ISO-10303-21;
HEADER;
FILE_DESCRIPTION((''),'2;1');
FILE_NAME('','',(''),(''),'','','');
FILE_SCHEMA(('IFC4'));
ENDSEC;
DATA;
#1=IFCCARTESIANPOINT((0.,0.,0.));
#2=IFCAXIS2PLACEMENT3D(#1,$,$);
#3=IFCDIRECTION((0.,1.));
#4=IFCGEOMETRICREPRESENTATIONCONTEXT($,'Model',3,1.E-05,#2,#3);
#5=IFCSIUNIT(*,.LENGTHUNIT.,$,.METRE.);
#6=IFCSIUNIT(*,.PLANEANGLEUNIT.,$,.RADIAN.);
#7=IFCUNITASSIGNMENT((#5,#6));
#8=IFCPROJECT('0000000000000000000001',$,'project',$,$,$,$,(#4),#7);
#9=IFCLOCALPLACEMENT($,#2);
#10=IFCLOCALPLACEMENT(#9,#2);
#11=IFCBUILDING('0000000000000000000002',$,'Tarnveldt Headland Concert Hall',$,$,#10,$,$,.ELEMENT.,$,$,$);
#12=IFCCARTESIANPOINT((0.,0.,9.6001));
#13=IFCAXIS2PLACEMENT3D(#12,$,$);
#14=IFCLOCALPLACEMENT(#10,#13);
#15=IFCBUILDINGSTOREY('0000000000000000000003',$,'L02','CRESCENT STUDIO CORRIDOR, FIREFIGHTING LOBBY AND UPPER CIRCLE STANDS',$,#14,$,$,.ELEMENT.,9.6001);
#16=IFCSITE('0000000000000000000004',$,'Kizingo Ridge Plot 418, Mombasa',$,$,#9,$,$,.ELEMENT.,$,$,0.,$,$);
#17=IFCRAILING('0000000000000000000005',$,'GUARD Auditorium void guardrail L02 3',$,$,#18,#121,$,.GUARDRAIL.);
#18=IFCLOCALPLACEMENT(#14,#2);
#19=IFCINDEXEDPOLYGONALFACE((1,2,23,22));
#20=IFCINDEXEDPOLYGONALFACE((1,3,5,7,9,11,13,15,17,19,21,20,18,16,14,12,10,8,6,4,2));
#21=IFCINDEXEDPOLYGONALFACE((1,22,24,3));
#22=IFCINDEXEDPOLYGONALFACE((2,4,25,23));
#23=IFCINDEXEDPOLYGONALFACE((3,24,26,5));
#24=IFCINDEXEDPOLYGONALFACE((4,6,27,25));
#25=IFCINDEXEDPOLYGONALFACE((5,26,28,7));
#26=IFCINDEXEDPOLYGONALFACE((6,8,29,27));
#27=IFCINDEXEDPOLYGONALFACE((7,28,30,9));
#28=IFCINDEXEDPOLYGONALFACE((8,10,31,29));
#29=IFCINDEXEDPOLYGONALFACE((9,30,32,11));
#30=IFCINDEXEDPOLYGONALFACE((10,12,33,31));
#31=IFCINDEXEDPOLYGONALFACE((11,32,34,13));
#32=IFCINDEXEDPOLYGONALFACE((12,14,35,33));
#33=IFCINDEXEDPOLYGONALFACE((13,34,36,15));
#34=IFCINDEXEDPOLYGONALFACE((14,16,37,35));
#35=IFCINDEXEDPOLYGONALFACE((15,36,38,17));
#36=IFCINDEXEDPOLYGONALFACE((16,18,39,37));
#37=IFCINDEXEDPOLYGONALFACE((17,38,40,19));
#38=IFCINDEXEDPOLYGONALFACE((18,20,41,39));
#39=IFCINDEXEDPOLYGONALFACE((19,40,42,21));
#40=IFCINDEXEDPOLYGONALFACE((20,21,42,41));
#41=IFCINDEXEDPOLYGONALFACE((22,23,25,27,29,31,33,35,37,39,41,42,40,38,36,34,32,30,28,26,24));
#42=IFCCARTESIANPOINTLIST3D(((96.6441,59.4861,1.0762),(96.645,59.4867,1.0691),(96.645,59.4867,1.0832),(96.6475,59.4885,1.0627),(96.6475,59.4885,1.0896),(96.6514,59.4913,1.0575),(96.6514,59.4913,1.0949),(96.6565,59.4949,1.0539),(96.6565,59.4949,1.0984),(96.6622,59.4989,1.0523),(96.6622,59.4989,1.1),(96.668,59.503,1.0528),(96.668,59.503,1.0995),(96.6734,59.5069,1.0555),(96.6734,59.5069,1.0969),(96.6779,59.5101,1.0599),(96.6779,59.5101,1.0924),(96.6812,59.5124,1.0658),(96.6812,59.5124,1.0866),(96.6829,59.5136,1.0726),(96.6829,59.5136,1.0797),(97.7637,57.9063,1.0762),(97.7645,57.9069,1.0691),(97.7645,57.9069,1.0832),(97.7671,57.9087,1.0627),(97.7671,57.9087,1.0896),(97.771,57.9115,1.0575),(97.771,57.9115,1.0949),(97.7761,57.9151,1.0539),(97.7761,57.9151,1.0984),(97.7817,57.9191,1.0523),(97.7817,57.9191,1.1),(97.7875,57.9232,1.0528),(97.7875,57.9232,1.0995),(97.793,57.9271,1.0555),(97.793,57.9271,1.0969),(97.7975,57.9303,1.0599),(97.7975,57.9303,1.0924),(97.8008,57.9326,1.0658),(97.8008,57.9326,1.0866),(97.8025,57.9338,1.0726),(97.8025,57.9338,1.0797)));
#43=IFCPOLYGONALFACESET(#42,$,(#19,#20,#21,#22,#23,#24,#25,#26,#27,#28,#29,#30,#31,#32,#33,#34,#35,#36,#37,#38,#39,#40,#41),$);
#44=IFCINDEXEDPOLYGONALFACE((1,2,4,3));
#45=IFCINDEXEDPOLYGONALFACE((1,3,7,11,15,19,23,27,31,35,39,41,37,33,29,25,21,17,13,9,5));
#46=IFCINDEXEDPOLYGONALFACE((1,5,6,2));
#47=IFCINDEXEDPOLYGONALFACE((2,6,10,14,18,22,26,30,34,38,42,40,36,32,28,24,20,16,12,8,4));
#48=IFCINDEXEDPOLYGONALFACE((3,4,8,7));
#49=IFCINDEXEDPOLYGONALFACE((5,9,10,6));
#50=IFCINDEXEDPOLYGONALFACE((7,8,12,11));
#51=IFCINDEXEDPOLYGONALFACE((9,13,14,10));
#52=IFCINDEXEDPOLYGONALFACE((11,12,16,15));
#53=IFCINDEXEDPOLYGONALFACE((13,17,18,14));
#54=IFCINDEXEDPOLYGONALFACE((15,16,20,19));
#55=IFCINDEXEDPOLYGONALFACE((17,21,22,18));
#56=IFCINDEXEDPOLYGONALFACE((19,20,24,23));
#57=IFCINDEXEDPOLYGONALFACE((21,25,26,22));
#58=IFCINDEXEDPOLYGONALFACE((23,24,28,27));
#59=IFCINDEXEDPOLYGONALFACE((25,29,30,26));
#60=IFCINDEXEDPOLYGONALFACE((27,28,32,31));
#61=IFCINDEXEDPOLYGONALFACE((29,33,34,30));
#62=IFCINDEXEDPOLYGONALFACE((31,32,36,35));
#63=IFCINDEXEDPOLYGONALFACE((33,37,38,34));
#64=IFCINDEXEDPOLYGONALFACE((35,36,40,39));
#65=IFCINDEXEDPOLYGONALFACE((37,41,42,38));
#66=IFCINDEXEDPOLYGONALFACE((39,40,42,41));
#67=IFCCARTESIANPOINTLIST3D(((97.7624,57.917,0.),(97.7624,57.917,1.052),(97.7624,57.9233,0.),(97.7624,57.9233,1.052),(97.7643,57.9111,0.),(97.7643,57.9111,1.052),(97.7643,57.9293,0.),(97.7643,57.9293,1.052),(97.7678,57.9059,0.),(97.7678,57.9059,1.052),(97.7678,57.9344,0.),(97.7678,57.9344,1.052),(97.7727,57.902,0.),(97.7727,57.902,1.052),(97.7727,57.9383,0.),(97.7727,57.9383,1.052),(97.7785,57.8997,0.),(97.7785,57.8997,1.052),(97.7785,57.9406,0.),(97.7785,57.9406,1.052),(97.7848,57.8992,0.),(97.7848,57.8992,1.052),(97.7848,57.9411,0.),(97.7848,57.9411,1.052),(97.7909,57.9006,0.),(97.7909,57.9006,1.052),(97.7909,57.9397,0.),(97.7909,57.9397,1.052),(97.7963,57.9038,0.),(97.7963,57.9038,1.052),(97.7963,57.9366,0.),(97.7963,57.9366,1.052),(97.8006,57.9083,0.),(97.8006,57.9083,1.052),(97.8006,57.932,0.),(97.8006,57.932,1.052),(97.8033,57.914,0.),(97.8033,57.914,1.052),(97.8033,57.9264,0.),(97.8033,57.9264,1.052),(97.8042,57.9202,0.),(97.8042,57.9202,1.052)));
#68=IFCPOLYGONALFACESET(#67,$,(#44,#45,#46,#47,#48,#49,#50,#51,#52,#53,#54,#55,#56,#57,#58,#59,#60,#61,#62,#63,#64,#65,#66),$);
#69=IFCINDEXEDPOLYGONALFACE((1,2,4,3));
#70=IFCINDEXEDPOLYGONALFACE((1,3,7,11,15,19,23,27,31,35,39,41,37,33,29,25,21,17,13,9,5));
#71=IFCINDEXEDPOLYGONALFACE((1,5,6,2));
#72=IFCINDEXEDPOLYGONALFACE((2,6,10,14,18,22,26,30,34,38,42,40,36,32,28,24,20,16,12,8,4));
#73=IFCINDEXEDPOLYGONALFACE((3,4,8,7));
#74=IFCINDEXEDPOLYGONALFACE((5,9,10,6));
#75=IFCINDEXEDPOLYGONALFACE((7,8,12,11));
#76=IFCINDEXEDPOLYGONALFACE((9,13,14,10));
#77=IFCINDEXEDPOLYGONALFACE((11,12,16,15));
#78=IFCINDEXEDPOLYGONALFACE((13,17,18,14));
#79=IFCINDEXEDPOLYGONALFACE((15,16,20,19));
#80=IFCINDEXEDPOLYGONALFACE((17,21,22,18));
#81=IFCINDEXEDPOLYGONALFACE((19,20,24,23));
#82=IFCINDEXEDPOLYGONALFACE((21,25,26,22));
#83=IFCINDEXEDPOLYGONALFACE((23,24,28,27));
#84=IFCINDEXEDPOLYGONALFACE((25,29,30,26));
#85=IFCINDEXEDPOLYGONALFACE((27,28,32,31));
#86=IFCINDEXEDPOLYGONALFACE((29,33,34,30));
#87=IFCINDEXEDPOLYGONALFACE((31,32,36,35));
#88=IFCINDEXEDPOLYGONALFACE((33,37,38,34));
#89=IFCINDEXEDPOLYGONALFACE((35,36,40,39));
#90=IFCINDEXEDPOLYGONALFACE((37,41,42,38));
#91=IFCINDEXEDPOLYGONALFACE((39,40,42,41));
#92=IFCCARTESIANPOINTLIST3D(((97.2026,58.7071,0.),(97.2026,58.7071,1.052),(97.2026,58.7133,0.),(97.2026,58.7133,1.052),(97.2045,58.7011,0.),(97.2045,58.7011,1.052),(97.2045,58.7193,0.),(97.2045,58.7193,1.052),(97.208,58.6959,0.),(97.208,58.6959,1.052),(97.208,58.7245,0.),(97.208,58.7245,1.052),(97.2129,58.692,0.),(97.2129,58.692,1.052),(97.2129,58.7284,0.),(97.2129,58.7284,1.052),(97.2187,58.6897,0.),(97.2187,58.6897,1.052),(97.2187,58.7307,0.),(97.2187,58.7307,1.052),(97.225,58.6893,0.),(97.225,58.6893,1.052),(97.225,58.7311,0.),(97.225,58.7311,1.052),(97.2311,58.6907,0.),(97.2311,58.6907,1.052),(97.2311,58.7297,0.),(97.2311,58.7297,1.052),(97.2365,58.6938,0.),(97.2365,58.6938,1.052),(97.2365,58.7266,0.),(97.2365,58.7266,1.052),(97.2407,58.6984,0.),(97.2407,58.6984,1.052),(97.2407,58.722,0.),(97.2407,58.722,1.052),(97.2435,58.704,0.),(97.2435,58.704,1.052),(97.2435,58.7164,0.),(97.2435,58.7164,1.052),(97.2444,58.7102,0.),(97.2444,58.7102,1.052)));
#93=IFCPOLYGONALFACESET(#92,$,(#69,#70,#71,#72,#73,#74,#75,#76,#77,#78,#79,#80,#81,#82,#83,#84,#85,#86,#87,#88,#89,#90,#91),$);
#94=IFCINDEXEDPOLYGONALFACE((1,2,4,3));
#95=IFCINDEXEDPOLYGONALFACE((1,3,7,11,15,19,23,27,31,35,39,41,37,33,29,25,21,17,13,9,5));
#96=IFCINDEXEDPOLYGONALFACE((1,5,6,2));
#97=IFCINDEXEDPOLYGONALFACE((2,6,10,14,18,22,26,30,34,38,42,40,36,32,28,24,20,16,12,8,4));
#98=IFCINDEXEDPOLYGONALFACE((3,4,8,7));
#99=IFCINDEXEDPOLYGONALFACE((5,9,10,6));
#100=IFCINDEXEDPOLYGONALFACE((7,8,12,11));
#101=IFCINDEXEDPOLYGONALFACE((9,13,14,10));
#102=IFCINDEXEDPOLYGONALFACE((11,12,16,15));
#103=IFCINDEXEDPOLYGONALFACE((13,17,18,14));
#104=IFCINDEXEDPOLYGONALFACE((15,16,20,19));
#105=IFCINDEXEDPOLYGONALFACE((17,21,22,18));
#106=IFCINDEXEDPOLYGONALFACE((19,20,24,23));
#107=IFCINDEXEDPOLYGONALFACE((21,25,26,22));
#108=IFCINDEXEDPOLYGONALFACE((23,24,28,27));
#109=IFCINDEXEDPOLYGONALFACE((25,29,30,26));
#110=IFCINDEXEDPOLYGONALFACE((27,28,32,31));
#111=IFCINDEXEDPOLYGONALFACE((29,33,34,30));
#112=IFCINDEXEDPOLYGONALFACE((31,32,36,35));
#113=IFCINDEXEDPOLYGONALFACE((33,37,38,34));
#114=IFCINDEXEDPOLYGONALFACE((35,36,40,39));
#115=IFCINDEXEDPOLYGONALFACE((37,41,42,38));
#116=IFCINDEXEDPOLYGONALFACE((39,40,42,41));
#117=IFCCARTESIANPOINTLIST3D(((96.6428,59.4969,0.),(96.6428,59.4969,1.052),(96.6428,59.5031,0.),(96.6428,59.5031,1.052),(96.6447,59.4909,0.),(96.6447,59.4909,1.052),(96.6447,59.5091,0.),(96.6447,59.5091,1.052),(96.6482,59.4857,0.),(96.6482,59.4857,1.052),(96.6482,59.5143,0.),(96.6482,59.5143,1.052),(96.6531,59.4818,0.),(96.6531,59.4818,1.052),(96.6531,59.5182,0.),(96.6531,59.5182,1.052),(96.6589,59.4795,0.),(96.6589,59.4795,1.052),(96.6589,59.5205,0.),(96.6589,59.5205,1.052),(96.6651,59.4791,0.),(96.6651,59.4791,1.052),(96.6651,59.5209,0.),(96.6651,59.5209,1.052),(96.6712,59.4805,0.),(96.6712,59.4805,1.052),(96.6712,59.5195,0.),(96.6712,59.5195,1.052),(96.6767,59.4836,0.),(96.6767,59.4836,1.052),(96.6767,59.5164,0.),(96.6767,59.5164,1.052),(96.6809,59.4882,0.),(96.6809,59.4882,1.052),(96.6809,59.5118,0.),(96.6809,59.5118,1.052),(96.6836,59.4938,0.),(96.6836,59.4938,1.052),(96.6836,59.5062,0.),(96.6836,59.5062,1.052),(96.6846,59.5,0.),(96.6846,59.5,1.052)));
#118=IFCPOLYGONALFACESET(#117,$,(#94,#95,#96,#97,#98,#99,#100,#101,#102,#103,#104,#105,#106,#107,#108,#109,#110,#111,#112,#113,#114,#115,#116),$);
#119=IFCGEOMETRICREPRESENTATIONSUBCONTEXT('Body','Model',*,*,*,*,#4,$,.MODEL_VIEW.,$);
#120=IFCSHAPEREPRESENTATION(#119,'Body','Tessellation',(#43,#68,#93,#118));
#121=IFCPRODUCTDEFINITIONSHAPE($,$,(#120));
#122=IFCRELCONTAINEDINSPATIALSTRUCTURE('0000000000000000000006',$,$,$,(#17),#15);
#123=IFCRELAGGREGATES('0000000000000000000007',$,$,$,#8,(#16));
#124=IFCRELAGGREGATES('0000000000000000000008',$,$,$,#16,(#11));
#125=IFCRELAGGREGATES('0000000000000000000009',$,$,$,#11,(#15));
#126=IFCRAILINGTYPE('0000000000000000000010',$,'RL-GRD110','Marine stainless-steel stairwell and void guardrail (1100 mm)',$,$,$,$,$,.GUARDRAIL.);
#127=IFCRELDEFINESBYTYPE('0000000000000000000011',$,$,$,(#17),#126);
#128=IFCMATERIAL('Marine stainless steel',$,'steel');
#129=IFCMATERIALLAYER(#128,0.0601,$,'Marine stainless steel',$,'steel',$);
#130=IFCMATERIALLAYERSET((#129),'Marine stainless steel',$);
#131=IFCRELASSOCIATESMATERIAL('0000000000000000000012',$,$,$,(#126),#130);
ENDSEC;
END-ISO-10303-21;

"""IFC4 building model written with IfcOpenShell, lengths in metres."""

from ifc_helpers import new_model, si_unit, direction, frame, origin, origin_2d, place, context, subcontext, project, spatial, circle, extrude, material, layer, layer_set, type_object, element, save


model = new_model("IFC4")

# Units and contexts
model_context = context("Model", 3, precision=1e-05, world=origin(), true_north=direction((0.0, 1.0)))
body_context = subcontext(model_context, "Body", "Model", "MODEL_VIEW")
ifc_project = project(units=[si_unit("LENGTHUNIT", "METRE"), si_unit("PLANEANGLEUNIT", "RADIAN")], contexts=[model_context])

# Site, building, storey
site_placement = place(None, origin())
site = spatial("IfcSite", under=ifc_project, at=site_placement, Name="Kizingo Ridge Plot 418, Mombasa", CompositionType="ELEMENT", RefElevation=0.0)
building_placement = place(site_placement, origin())
building = spatial("IfcBuilding", under=site, at=building_placement, Name="Tarnveldt Headland Concert Hall", CompositionType="ELEMENT")
storey_placement = place(building_placement, frame((0.0, 0.0, 9.6001)))
storey = spatial("IfcBuildingStorey", under=building, at=storey_placement, Name="L02", Description="CRESCENT STUDIO CORRIDOR, FIREFIGHTING LOBBY AND UPPER CIRCLE STANDS", CompositionType="ELEMENT", Elevation=9.6001)

# Railing
ifc_material_1 = material(Name="Marine stainless steel", Category="steel")
ifc_layer_1 = layer(ifc_material_1, 0.0601, Name="Marine stainless steel", Category="steel")
ifc_layer_set_1 = layer_set([ifc_layer_1], Name="Marine stainless steel")
railing_type = type_object("IfcRailingType", Name="RL-GRD110", Description="Marine stainless-steel stairwell and void guardrail (1100 mm)", PredefinedType="GUARDRAIL", material=ifc_layer_set_1)
railing_1_placement = place(storey_placement, frame((97.7832, 57.9202, 0.0)))
element("IfcRailing", 1, at=railing_1_placement, inside=storey, type_object=railing_type, Name="GUARD Auditorium void guardrail L02 3", PredefinedType="GUARDRAIL", context=body_context, shape_type="SweptSolid", body=[
    extrude(circle(Radius=0.0239, at=origin_2d()), frame((0.0, 0.0, 1.0762), z_axis=(-0.578217, 0.815883, 0.0), x_axis=(-0.815883, -0.578217, 0.0)), (0.0, 0.0, 1.0), 1.9363),
    extrude(circle(Radius=0.021, at=origin_2d()), origin(), (0.0, 0.0, 1.0), 1.052),
    extrude(circle(Radius=0.021, at=origin_2d()), frame((-0.5598, 0.79, 0.0)), (0.0, 0.0, 1.0), 1.052),
    extrude(circle(Radius=0.021, at=origin_2d()), frame((-1.1196, 1.5798, 0.0)), (0.0, 0.0, 1.0), 1.052),
])

save(model, "model.ifc")
